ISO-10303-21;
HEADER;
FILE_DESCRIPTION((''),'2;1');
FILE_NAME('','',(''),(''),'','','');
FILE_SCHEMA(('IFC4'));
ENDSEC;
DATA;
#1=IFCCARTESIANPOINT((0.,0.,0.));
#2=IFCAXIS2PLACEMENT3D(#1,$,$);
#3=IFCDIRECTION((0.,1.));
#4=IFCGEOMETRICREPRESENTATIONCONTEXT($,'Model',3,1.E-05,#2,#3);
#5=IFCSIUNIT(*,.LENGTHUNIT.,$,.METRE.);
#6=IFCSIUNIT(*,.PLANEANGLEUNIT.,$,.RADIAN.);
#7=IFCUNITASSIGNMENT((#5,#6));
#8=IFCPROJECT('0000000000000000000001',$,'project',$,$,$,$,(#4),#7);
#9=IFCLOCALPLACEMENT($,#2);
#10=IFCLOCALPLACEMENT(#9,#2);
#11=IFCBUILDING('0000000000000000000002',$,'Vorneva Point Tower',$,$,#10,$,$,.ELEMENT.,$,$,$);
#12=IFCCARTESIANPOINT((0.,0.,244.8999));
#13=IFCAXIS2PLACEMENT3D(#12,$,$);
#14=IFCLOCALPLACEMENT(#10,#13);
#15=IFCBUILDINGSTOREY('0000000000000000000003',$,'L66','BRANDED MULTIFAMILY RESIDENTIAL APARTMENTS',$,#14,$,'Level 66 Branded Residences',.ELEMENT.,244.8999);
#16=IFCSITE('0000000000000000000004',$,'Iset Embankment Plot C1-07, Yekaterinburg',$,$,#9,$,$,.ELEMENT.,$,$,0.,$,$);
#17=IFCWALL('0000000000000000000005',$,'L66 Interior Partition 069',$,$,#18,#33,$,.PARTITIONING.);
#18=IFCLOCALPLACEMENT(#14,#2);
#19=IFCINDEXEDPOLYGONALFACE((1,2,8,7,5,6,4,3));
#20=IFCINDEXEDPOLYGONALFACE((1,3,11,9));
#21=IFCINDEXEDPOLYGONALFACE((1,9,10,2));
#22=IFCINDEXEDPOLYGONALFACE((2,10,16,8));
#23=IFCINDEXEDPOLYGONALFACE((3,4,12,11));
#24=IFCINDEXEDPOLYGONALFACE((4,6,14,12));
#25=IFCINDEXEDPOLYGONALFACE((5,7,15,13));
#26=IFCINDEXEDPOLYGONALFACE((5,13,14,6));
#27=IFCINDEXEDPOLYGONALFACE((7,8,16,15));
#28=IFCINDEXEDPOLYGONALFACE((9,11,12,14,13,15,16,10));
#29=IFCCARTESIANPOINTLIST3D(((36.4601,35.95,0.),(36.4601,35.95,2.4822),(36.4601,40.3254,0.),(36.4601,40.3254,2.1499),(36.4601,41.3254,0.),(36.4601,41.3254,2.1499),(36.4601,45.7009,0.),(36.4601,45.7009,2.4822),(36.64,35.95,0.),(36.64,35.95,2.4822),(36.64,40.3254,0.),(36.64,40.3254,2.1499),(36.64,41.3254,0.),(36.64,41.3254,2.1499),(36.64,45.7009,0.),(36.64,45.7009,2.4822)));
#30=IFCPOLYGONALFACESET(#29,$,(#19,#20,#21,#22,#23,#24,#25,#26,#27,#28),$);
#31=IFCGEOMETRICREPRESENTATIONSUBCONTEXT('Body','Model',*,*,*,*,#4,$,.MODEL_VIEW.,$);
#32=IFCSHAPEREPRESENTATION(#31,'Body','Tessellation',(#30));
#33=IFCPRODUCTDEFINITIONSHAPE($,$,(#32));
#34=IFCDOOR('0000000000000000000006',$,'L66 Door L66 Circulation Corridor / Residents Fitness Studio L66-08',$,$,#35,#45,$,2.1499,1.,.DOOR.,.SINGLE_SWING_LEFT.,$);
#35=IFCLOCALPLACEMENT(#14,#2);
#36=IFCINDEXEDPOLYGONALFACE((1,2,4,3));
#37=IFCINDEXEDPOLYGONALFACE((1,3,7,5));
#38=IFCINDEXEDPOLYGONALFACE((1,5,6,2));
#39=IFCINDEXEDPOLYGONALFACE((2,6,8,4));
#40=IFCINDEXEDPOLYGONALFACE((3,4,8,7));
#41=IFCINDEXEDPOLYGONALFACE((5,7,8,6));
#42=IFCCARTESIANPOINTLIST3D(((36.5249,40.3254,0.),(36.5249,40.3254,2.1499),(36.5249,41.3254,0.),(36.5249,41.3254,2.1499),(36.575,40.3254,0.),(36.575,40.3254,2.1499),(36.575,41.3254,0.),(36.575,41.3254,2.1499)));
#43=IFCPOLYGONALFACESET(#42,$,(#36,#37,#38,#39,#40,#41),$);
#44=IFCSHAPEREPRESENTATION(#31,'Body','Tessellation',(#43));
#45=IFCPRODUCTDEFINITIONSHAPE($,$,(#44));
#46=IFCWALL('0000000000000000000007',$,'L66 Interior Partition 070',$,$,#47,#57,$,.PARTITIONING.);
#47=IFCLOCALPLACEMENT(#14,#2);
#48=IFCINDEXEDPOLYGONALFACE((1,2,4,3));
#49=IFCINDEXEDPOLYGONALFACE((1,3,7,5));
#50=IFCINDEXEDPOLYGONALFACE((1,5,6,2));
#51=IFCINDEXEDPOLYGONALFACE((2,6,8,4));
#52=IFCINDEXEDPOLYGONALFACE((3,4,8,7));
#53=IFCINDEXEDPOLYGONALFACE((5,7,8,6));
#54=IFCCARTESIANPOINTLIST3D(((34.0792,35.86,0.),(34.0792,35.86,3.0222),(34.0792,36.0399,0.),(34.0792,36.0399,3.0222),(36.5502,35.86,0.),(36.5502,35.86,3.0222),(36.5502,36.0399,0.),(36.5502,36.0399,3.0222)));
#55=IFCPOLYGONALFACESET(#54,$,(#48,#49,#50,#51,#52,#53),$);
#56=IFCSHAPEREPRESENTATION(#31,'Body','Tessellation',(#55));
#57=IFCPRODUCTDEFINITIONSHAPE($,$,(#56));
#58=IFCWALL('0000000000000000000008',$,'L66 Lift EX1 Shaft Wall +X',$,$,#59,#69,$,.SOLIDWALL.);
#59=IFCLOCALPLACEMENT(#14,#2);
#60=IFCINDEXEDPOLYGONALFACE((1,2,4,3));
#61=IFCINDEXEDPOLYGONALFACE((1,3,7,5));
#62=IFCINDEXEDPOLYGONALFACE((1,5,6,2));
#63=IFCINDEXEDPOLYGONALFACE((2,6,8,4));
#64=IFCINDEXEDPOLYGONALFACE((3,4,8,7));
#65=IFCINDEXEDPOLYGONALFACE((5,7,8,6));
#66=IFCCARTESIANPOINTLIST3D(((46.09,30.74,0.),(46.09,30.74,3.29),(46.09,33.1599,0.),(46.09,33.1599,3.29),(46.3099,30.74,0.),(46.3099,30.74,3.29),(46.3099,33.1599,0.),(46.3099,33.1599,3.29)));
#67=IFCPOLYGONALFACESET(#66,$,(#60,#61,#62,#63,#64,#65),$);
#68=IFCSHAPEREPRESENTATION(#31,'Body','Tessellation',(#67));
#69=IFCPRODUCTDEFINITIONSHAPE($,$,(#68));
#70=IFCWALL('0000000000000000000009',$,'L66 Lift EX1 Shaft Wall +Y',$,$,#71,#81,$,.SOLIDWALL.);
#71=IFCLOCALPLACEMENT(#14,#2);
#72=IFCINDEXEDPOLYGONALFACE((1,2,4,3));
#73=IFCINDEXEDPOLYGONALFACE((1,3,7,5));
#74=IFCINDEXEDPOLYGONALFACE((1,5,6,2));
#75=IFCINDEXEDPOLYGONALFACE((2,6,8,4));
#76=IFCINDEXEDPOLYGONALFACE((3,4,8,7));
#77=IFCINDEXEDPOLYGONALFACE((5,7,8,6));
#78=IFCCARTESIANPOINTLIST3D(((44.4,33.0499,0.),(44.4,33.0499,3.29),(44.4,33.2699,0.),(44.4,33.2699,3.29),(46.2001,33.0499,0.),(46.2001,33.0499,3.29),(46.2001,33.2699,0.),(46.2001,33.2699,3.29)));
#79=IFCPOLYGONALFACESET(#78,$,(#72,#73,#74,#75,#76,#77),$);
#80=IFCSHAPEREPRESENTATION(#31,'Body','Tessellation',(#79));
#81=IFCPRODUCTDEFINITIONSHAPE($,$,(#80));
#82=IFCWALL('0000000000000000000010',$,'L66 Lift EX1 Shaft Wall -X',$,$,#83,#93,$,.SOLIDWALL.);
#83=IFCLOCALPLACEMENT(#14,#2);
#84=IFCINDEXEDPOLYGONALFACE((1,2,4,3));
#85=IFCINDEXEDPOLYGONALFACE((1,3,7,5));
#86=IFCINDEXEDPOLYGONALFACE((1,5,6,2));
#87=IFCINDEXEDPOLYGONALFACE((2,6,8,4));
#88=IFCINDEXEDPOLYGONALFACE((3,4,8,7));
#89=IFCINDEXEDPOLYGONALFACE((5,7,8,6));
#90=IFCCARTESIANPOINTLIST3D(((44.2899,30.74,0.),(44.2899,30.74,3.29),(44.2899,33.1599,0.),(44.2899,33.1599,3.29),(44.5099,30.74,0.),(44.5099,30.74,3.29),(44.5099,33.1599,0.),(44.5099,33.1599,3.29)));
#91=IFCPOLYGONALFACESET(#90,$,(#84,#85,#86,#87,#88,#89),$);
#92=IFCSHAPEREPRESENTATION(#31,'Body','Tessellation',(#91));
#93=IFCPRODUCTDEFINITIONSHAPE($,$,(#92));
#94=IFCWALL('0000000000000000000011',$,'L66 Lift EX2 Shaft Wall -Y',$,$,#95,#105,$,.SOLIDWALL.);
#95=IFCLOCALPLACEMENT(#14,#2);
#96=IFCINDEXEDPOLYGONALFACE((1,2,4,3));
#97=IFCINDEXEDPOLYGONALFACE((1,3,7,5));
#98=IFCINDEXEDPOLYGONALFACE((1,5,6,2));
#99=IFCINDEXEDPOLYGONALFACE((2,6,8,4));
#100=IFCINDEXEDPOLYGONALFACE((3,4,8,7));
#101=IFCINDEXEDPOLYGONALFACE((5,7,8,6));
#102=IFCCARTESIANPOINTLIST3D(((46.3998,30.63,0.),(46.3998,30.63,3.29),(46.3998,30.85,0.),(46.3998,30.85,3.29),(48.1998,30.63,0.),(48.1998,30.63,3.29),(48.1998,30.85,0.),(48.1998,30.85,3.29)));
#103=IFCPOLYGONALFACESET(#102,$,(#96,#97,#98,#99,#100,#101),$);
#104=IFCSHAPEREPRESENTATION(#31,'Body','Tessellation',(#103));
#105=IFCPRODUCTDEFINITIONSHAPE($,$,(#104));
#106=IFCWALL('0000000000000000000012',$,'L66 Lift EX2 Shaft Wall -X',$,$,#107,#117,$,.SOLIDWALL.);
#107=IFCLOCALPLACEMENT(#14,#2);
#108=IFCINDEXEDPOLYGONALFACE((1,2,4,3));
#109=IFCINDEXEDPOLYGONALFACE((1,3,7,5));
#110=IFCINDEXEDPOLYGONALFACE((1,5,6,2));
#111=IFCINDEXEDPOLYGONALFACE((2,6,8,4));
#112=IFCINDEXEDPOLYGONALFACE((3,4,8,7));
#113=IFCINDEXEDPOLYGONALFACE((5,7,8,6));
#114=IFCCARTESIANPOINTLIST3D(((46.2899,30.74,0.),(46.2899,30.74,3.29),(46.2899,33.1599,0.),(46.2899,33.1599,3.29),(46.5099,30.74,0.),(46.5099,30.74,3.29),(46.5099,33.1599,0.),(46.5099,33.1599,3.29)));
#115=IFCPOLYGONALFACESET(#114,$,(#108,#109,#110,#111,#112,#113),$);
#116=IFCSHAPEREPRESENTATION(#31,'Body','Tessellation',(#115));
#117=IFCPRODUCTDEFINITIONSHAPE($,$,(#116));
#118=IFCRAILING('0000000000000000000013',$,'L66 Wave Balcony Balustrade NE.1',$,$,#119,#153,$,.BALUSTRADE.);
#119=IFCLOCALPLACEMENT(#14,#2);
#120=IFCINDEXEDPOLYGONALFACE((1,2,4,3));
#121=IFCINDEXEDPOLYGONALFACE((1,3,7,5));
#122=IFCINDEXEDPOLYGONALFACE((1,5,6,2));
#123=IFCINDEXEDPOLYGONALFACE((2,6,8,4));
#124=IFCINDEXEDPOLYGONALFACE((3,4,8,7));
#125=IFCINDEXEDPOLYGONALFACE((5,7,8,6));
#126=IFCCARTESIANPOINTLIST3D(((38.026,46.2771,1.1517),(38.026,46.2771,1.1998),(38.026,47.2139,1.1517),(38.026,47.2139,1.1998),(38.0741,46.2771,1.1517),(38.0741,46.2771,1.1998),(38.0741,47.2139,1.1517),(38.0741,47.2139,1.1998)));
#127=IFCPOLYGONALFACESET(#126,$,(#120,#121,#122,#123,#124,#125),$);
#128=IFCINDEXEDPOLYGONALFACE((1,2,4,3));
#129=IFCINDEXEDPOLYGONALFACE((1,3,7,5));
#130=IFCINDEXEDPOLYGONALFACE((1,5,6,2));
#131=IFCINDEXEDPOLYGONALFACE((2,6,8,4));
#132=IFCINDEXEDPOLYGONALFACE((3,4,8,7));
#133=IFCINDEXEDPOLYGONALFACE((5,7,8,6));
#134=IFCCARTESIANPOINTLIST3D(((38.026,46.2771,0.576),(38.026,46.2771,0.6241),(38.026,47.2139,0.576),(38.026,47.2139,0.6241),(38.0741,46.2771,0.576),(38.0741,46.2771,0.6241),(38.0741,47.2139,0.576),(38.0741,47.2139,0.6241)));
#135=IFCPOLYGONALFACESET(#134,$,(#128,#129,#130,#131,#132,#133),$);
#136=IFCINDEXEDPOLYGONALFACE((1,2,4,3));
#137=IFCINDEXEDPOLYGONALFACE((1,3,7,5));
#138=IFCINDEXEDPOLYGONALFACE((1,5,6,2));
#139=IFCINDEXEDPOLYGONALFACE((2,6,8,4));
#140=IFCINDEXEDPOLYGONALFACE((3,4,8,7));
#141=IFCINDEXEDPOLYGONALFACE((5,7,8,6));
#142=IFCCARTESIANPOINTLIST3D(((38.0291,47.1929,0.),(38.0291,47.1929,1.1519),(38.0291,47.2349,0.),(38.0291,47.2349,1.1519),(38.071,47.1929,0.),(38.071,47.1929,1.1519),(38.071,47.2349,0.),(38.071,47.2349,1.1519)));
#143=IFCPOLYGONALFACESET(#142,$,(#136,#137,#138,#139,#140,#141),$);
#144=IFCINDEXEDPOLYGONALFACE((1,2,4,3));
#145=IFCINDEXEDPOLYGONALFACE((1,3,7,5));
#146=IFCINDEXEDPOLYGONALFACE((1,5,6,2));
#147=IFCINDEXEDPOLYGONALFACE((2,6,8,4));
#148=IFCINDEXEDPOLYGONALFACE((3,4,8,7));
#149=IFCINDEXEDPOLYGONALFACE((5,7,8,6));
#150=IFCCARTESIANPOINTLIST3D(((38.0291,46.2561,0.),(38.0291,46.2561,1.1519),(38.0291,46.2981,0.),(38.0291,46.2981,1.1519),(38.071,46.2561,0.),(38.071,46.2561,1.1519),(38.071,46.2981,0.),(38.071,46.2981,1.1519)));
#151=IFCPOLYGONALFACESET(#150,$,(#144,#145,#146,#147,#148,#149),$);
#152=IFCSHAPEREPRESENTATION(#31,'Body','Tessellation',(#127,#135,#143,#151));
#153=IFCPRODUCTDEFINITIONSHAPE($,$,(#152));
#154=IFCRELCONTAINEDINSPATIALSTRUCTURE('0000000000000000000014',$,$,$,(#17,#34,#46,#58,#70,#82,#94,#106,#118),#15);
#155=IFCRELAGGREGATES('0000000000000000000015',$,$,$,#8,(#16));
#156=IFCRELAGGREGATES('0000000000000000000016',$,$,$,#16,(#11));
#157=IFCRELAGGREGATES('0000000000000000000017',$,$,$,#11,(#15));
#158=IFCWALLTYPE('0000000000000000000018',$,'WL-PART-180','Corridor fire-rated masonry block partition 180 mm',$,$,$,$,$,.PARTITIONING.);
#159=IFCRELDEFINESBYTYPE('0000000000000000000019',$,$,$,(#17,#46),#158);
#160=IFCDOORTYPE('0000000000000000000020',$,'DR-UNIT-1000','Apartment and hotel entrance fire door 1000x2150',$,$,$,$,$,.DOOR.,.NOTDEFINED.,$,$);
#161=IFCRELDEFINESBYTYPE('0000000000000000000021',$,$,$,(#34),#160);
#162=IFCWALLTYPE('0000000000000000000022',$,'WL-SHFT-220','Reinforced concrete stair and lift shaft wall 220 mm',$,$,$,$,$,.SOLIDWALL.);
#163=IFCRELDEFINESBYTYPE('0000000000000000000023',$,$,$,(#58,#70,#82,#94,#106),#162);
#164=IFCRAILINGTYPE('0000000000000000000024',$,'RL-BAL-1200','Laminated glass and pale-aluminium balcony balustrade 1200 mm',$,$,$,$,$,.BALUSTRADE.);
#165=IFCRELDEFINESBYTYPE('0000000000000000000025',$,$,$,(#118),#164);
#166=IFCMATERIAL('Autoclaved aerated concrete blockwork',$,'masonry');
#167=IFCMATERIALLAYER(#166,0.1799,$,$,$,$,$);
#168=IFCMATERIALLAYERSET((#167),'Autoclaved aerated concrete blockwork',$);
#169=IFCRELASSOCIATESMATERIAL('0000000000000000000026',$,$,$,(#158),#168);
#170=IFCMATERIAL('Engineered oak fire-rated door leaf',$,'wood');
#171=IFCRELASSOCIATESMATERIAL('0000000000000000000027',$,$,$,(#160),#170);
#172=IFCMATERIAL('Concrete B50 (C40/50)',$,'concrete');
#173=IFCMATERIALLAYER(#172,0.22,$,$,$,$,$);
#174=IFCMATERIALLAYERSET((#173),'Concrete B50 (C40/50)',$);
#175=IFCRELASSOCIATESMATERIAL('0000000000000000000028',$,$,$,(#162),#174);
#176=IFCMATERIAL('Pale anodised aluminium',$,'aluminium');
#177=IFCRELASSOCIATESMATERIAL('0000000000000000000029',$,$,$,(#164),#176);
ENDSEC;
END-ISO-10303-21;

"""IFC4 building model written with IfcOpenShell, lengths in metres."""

from ifc_helpers import new_model, si_unit, direction, frame, frame_2d, origin, origin_2d, place, context, subcontext, project, spatial, rectangle, extrude, material, layer, layer_set, type_object, element, fill, save


model = new_model("IFC4")

# Units and contexts
model_context = context("Model", 3, precision=1e-05, world=origin(), true_north=direction((0.0, 1.0)))
body_context = subcontext(model_context, "Body", "Model", "MODEL_VIEW")
ifc_project = project(units=[si_unit("LENGTHUNIT", "METRE"), si_unit("PLANEANGLEUNIT", "RADIAN")], contexts=[model_context])

# Site, building, storey
site_placement = place(None, origin())
site = spatial("IfcSite", under=ifc_project, at=site_placement, Name="Iset Embankment Plot C1-07, Yekaterinburg", CompositionType="ELEMENT", RefElevation=0.0)
building_placement = place(site_placement, origin())
building = spatial("IfcBuilding", under=site, at=building_placement, Name="Vorneva Point Tower", CompositionType="ELEMENT")
storey_placement = place(building_placement, frame((0.0, 0.0, 244.8999)))
storey = spatial("IfcBuildingStorey", under=building, at=storey_placement, Name="L66", Description="BRANDED MULTIFAMILY RESIDENTIAL APARTMENTS", LongName="Level 66 Branded Residences", CompositionType="ELEMENT", Elevation=244.8999)

# Shared definitions
ifc_material_1 = material(Name="Concrete B50 (C40/50)", Category="concrete")

# Shared definitions
ifc_material_2 = material(Name="Pale anodised aluminium", Category="aluminium")

# Shared definitions
ifc_material_3 = material(Name="Autoclaved aerated concrete blockwork", Category="masonry")
ifc_layer_1 = layer(ifc_material_3, 0.1799)
ifc_layer_set_1 = layer_set([ifc_layer_1], Name="Autoclaved aerated concrete blockwork")
wall_type_1 = type_object("IfcWallType", Name="WL-PART-180", Description="Corridor fire-rated masonry block partition 180 mm", PredefinedType="PARTITIONING", material=ifc_layer_set_1)
ifc_material_4 = material(Name="Engineered oak fire-rated door leaf", Category="wood")

# Wall, opening, door
wall_1_placement = place(storey_placement, frame((36.55, 45.7009, 0.0), z_axis=(0.0, 0.0, 1.0), x_axis=(0.0, -1.0, 0.0)))
wall_1 = element("IfcWall", 1, at=wall_1_placement, inside=storey, type_object=wall_type_1, Name="L66 Interior Partition 069", PredefinedType="PARTITIONING", context=body_context, shape_type="SweptSolid", body=[
    extrude(rectangle(XDim=9.751, YDim=0.1799, at=frame_2d((4.8755, 0.0))), origin(), (0.0, 0.0, 1.0), 2.4822),
])
opening_1_placement = place(wall_1_placement, frame((4.3755, 0.0, 0.0)))
opening_1 = element("IfcOpeningElement", 2, at=opening_1_placement, cuts=wall_1, PredefinedType="OPENING", context=body_context, shape_type="SweptSolid", body=[
    extrude(rectangle(XDim=1.0, YDim=2.1499, at=frame_2d((0.5, 1.075))), frame((0.0, 0.105, 0.0), z_axis=(0.0, -1.0, 0.0), x_axis=(1.0, 0.0, 0.0)), (0.0, 0.0, 1.0), 0.2097),
])
door_type_1 = type_object("IfcDoorType", Name="DR-UNIT-1000", Description="Apartment and hotel entrance fire door 1000x2150", OperationType="NOTDEFINED", PredefinedType="DOOR", material=ifc_material_4)
door_1_placement = place(opening_1_placement, origin())
door_1 = element("IfcDoor", 3, at=door_1_placement, inside=storey, type_object=door_type_1, Name="L66 Door L66 Circulation Corridor / Residents Fitness Studio L66-08", OperationType="SINGLE_SWING_LEFT", OverallHeight=2.1499, OverallWidth=1.0, PredefinedType="DOOR", context=body_context, shape_type="SweptSolid", body=[
    extrude(rectangle(XDim=1.0, YDim=2.1499, at=frame_2d((0.5, 1.075))), frame((0.0, 0.0249, 0.0), z_axis=(0.0, -1.0, 0.0), x_axis=(1.0, 0.0, 0.0)), (0.0, 0.0, 1.0), 0.05),
])
fill(opening_1, door_1)

# Walls
wall_2_placement = place(storey_placement, frame((36.55, 35.95, 0.0), z_axis=(0.0, 0.0, 1.0), x_axis=(-1.0, 0.0, 0.0)))
element("IfcWall", 4, at=wall_2_placement, inside=storey, type_object=wall_type_1, Name="L66 Interior Partition 070", PredefinedType="PARTITIONING", context=body_context, shape_type="SweptSolid", body=[
    extrude(rectangle(XDim=2.4709, YDim=0.1799, at=frame_2d((1.2354, 0.0))), origin(), (0.0, 0.0, 1.0), 3.0222),
])
ifc_layer_2 = layer(ifc_material_1, 0.22)
ifc_layer_set_2 = layer_set([ifc_layer_2], Name="Concrete B50 (C40/50)")
wall_type_2 = type_object("IfcWallType", Name="WL-SHFT-220", Description="Reinforced concrete stair and lift shaft wall 220 mm", PredefinedType="SOLIDWALL", material=ifc_layer_set_2)
wall_3_placement = place(storey_placement, frame((46.2, 30.74, 0.0), z_axis=(0.0, 0.0, 1.0), x_axis=(0.0, 1.0, 0.0)))
element("IfcWall", 5, at=wall_3_placement, inside=storey, type_object=wall_type_2, Name="L66 Lift EX1 Shaft Wall +X", PredefinedType="SOLIDWALL", context=body_context, shape_type="SweptSolid", body=[
    extrude(rectangle(XDim=2.4199, YDim=0.22, at=frame_2d((1.21, 0.0))), origin(), (0.0, 0.0, 1.0), 3.29),
])
wall_4_placement = place(storey_placement, frame((46.2, 33.1599, 0.0), z_axis=(0.0, 0.0, 1.0), x_axis=(-1.0, 0.0, 0.0)))
element("IfcWall", 6, at=wall_4_placement, inside=storey, type_object=wall_type_2, Name="L66 Lift EX1 Shaft Wall +Y", PredefinedType="SOLIDWALL", context=body_context, shape_type="SweptSolid", body=[
    extrude(rectangle(XDim=1.8, YDim=0.22, at=frame_2d((0.8999, 0.0))), origin(), (0.0, 0.0, 1.0), 3.29),
])
wall_5_placement = place(storey_placement, frame((44.3999, 33.1599, 0.0), z_axis=(0.0, 0.0, 1.0), x_axis=(0.0, -1.0, 0.0)))
element("IfcWall", 7, at=wall_5_placement, inside=storey, type_object=wall_type_2, Name="L66 Lift EX1 Shaft Wall -X", PredefinedType="SOLIDWALL", context=body_context, shape_type="SweptSolid", body=[
    extrude(rectangle(XDim=2.4199, YDim=0.22, at=frame_2d((1.21, 0.0))), origin(), (0.0, 0.0, 1.0), 3.29),
])
wall_6_placement = place(storey_placement, frame((46.3999, 30.74, 0.0), z_axis=(0.0, 0.0, 1.0), x_axis=(1.0, 0.0, 0.0)))
element("IfcWall", 8, at=wall_6_placement, inside=storey, type_object=wall_type_2, Name="L66 Lift EX2 Shaft Wall -Y", PredefinedType="SOLIDWALL", context=body_context, shape_type="SweptSolid", body=[
    extrude(rectangle(XDim=1.8, YDim=0.22, at=frame_2d((0.8999, 0.0))), origin(), (0.0, 0.0, 1.0), 3.29),
])
wall_7_placement = place(storey_placement, frame((46.3999, 33.1599, 0.0), z_axis=(0.0, 0.0, 1.0), x_axis=(0.0, -1.0, 0.0)))
element("IfcWall", 9, at=wall_7_placement, inside=storey, type_object=wall_type_2, Name="L66 Lift EX2 Shaft Wall -X", PredefinedType="SOLIDWALL", context=body_context, shape_type="SweptSolid", body=[
    extrude(rectangle(XDim=2.4199, YDim=0.22, at=frame_2d((1.21, 0.0))), origin(), (0.0, 0.0, 1.0), 3.29),
])

# Railing
railing_type = type_object("IfcRailingType", Name="RL-BAL-1200", Description="Laminated glass and pale-aluminium balcony balustrade 1200 mm", PredefinedType="BALUSTRADE", material=ifc_material_2)
railing_placement = place(storey_placement, frame((38.05, 47.2139, 0.0)))
element("IfcRailing", 10, at=railing_placement, inside=storey, type_object=railing_type, Name="L66 Wave Balcony Balustrade NE.1", PredefinedType="BALUSTRADE", context=body_context, shape_type="SweptSolid", body=[
    extrude(rectangle(XDim=0.0481, YDim=0.0481, at=origin_2d()), frame((0.0, 0.0, 1.1758), z_axis=(0.0, -1.0, 0.0), x_axis=(1.0, 0.0, 0.0)), (0.0, 0.0, 1.0), 0.9368),
    extrude(rectangle(XDim=0.0481, YDim=0.0481, at=origin_2d()), frame((0.0, 0.0, 0.6001), z_axis=(0.0, -1.0, 0.0), x_axis=(1.0, 0.0, 0.0)), (0.0, 0.0, 1.0), 0.9368),
    extrude(rectangle(XDim=0.042, YDim=0.042, at=origin_2d()), origin(), (0.0, 0.0, 1.0), 1.1519),
    extrude(rectangle(XDim=0.042, YDim=0.042, at=origin_2d()), frame((0.0, -0.9368, 0.0)), (0.0, 0.0, 1.0), 1.1519),
])

save(model, "model.ifc")
